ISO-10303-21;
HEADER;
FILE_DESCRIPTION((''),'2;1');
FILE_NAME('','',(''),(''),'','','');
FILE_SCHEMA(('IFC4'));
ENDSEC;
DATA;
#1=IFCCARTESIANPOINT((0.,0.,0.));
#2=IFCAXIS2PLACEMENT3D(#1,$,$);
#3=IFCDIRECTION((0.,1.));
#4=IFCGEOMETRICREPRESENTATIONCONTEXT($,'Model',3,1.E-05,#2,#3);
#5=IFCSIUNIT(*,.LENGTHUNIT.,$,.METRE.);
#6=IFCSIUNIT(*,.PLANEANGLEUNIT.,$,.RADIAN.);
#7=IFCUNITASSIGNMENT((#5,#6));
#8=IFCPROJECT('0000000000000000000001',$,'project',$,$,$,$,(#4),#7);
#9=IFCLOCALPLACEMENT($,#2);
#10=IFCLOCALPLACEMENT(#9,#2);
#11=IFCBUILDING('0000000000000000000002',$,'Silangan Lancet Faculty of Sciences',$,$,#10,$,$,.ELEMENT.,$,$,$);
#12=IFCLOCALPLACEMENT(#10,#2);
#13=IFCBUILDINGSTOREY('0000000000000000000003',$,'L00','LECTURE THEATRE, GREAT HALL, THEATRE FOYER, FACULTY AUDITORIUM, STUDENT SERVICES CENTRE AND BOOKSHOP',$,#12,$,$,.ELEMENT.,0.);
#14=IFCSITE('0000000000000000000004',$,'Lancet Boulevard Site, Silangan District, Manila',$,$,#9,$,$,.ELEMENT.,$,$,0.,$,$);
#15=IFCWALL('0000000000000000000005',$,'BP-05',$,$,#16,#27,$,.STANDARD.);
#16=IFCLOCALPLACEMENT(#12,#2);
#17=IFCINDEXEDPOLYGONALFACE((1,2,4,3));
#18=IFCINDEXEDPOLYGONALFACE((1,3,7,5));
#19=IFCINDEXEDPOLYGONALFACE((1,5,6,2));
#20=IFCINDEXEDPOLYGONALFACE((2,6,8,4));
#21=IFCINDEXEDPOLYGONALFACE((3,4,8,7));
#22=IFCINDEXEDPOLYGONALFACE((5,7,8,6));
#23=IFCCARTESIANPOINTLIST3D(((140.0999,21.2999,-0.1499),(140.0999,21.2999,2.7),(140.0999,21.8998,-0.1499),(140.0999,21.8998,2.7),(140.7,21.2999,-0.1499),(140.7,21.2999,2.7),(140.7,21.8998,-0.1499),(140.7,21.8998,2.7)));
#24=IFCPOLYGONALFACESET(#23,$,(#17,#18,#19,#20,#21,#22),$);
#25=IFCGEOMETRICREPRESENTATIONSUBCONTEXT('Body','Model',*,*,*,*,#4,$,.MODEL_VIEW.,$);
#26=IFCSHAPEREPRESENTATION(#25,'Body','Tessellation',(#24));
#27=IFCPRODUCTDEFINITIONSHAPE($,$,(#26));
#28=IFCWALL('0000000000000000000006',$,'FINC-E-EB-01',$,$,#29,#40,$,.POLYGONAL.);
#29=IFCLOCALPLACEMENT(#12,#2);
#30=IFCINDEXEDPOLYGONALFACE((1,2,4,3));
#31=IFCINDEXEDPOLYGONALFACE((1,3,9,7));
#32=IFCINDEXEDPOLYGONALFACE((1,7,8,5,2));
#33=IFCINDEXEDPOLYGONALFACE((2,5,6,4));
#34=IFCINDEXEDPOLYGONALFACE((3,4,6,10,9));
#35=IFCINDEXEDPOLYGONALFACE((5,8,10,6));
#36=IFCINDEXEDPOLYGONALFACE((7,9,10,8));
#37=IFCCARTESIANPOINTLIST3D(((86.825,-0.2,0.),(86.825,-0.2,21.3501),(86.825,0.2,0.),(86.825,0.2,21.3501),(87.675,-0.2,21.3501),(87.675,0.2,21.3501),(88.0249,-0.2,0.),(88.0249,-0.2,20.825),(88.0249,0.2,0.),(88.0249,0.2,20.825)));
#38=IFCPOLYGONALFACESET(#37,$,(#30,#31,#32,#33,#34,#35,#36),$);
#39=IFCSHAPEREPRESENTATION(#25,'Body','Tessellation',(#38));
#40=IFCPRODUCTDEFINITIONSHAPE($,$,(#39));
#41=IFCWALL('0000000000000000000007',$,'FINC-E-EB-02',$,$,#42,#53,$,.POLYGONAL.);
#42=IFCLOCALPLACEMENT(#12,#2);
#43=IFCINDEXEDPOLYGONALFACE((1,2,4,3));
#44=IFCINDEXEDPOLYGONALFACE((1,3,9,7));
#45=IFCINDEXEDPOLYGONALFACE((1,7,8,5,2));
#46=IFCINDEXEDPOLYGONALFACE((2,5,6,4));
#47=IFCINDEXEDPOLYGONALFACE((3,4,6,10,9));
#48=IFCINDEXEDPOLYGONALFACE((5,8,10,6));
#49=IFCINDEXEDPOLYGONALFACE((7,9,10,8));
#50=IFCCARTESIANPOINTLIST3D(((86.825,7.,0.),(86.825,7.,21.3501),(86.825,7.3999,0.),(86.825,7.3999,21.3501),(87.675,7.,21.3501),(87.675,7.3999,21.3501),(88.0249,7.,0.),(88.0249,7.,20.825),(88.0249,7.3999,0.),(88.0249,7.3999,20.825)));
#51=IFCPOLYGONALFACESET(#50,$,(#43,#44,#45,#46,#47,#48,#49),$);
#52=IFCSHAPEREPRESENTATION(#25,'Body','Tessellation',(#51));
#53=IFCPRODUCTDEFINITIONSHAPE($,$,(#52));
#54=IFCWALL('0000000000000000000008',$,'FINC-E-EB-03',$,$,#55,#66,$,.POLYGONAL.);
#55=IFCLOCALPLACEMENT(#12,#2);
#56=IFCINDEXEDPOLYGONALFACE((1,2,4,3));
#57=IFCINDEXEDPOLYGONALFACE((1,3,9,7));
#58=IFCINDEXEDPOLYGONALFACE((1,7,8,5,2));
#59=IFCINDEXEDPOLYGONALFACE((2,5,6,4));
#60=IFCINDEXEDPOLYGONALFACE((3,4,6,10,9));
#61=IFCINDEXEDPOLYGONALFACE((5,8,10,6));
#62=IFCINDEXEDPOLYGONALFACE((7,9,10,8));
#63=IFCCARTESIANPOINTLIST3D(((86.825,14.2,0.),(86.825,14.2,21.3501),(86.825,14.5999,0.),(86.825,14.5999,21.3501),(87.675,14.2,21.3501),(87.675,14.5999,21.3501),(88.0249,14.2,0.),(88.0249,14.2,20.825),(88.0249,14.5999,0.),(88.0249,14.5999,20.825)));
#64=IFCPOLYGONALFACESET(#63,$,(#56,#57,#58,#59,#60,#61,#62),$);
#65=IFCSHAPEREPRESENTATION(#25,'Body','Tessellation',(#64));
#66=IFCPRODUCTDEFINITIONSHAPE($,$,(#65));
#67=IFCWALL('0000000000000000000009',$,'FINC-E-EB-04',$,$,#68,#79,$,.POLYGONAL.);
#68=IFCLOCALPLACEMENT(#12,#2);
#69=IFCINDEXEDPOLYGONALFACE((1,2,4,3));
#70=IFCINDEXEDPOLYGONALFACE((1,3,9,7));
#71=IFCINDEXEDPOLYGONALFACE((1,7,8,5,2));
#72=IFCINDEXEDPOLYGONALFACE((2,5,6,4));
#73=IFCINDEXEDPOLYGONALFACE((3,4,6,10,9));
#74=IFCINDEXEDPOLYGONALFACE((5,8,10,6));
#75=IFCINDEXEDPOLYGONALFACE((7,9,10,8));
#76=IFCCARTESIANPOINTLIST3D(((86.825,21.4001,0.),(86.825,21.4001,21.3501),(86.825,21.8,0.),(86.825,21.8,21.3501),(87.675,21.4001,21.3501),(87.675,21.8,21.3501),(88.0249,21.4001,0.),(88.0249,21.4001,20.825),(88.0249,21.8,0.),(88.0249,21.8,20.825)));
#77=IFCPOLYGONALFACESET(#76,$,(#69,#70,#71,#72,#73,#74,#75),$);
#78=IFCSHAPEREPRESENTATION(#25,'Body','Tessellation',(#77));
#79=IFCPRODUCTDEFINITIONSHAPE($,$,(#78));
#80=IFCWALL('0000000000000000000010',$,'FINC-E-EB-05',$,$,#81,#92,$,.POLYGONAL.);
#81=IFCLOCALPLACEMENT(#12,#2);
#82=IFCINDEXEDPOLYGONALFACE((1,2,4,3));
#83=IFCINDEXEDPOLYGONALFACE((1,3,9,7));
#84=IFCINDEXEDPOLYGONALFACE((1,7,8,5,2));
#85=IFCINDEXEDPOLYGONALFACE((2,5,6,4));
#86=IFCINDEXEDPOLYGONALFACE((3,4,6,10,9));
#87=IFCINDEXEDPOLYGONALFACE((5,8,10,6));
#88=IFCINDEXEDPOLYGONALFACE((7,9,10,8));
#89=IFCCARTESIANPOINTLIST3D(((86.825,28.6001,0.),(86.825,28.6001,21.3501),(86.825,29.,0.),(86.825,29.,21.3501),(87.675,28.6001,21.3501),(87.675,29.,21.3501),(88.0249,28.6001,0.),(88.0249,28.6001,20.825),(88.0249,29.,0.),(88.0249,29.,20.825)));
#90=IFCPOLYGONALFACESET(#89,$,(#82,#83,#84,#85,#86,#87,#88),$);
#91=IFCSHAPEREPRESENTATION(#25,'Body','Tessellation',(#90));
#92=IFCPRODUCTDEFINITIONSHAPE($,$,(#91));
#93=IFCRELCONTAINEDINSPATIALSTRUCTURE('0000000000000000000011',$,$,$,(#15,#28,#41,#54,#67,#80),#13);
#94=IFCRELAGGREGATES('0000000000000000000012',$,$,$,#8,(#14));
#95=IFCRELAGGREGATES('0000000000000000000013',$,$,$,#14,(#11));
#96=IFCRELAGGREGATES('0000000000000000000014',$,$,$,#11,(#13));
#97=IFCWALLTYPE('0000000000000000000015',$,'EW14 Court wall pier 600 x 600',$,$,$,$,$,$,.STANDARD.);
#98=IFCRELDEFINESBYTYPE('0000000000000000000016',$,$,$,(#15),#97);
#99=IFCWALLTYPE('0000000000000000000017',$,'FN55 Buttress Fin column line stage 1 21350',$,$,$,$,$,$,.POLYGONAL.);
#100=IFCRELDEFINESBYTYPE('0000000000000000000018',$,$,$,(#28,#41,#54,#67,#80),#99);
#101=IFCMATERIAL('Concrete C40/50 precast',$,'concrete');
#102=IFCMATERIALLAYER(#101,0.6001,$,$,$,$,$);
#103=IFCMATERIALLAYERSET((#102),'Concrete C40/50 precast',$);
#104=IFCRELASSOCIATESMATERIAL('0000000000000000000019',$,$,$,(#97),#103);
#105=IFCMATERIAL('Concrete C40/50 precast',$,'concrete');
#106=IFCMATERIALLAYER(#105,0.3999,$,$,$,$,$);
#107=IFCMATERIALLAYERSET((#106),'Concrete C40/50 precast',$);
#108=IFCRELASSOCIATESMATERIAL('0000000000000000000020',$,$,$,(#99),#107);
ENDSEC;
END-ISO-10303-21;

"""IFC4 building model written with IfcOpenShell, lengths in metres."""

from ifc_helpers import new_model, si_unit, direction, frame, frame_2d, origin, place, context, subcontext, project, spatial, polyline, rectangle, outline, extrude, material, layer, layer_set, type_object, element, save


model = new_model("IFC4")

# Units and contexts
model_context = context("Model", 3, precision=1e-05, world=origin(), true_north=direction((0.0, 1.0)))
body_context = subcontext(model_context, "Body", "Model", "MODEL_VIEW")
ifc_project = project(units=[si_unit("LENGTHUNIT", "METRE"), si_unit("PLANEANGLEUNIT", "RADIAN")], contexts=[model_context])

# Site, building, storey
site_placement = place(None, origin())
site = spatial("IfcSite", under=ifc_project, at=site_placement, Name="Lancet Boulevard Site, Silangan District, Manila", CompositionType="ELEMENT", RefElevation=0.0)
building_placement = place(site_placement, origin())
building = spatial("IfcBuilding", under=site, at=building_placement, Name="Silangan Lancet Faculty of Sciences", CompositionType="ELEMENT")
storey_placement = place(building_placement, origin())
storey = spatial("IfcBuildingStorey", under=building, at=storey_placement, Name="L00", Description="LECTURE THEATRE, GREAT HALL, THEATRE FOYER, FACULTY AUDITORIUM, STUDENT SERVICES CENTRE AND BOOKSHOP", CompositionType="ELEMENT", Elevation=0.0)

# Walls
ifc_material_1 = material(Name="Concrete C40/50 precast", Category="concrete")
ifc_layer_1 = layer(ifc_material_1, 0.6001)
ifc_layer_set_1 = layer_set([ifc_layer_1], Name="Concrete C40/50 precast")
wall_type_1 = type_object("IfcWallType", Name="EW14 Court wall pier 600 x 600", PredefinedType="STANDARD", material=ifc_layer_set_1)
for number, where, z_axis, x_axis, name in (
    (1, (140.3999, 21.3, -0.1499), (0.0, 0.0, 1.0), (0.0, 1.0, 0.0), "BP-05"),
):
    element("IfcWall", number, at=place(storey_placement, frame(where, z_axis=z_axis, x_axis=x_axis)), inside=storey, type_object=wall_type_1, Name=name, PredefinedType="STANDARD", context=body_context, shape_type="SweptSolid", body=[
        extrude(rectangle(XDim=0.5999, YDim=0.6001, at=frame_2d((0.2998, 0.0))), origin(), (0.0, 0.0, 1.0), 2.8499),
    ])
ifc_material_2 = material(Name="Concrete C40/50 precast", Category="concrete")
ifc_layer_2 = layer(ifc_material_2, 0.3999)
ifc_layer_set_2 = layer_set([ifc_layer_2], Name="Concrete C40/50 precast")
wall_type_2 = type_object("IfcWallType", Name="FN55 Buttress Fin column line stage 1 21350", PredefinedType="POLYGONAL", material=ifc_layer_set_2)
for number, where, z_axis, x_axis, name in (
    (2, (86.825, 0.0, 0.0), (0.0, 0.0, 1.0), (1.0, 0.0, 0.0), "FINC-E-EB-01"),
    (3, (86.825, 7.2, 0.0), (0.0, 0.0, 1.0), (1.0, 0.0, 0.0), "FINC-E-EB-02"),
    (4, (86.825, 14.3999, 0.0), (0.0, 0.0, 1.0), (1.0, 0.0, 0.0), "FINC-E-EB-03"),
    (5, (86.825, 21.6001, 0.0), (0.0, 0.0, 1.0), (1.0, 0.0, 0.0), "FINC-E-EB-04"),
    (6, (86.825, 28.8, 0.0), (0.0, 0.0, 1.0), (1.0, 0.0, 0.0), "FINC-E-EB-05"),
):
    element("IfcWall", number, at=place(storey_placement, frame(where, z_axis=z_axis, x_axis=x_axis)), inside=storey, type_object=wall_type_2, Name=name, PredefinedType="POLYGONAL", context=body_context, shape_type="SweptSolid", body=[
        extrude(outline(polyline([(1.2, 0.0), (1.2, 20.825), (0.8501, 21.3501), (0.0, 21.3501), (0.0, 0.0), (1.2, 0.0)])), frame((0.0, 0.2, 0.0), z_axis=(0.0, -1.0, 0.0), x_axis=(1.0, 0.0, 0.0)), (0.0, 0.0, 1.0), 0.3999),
    ])

save(model, "model.ifc")
